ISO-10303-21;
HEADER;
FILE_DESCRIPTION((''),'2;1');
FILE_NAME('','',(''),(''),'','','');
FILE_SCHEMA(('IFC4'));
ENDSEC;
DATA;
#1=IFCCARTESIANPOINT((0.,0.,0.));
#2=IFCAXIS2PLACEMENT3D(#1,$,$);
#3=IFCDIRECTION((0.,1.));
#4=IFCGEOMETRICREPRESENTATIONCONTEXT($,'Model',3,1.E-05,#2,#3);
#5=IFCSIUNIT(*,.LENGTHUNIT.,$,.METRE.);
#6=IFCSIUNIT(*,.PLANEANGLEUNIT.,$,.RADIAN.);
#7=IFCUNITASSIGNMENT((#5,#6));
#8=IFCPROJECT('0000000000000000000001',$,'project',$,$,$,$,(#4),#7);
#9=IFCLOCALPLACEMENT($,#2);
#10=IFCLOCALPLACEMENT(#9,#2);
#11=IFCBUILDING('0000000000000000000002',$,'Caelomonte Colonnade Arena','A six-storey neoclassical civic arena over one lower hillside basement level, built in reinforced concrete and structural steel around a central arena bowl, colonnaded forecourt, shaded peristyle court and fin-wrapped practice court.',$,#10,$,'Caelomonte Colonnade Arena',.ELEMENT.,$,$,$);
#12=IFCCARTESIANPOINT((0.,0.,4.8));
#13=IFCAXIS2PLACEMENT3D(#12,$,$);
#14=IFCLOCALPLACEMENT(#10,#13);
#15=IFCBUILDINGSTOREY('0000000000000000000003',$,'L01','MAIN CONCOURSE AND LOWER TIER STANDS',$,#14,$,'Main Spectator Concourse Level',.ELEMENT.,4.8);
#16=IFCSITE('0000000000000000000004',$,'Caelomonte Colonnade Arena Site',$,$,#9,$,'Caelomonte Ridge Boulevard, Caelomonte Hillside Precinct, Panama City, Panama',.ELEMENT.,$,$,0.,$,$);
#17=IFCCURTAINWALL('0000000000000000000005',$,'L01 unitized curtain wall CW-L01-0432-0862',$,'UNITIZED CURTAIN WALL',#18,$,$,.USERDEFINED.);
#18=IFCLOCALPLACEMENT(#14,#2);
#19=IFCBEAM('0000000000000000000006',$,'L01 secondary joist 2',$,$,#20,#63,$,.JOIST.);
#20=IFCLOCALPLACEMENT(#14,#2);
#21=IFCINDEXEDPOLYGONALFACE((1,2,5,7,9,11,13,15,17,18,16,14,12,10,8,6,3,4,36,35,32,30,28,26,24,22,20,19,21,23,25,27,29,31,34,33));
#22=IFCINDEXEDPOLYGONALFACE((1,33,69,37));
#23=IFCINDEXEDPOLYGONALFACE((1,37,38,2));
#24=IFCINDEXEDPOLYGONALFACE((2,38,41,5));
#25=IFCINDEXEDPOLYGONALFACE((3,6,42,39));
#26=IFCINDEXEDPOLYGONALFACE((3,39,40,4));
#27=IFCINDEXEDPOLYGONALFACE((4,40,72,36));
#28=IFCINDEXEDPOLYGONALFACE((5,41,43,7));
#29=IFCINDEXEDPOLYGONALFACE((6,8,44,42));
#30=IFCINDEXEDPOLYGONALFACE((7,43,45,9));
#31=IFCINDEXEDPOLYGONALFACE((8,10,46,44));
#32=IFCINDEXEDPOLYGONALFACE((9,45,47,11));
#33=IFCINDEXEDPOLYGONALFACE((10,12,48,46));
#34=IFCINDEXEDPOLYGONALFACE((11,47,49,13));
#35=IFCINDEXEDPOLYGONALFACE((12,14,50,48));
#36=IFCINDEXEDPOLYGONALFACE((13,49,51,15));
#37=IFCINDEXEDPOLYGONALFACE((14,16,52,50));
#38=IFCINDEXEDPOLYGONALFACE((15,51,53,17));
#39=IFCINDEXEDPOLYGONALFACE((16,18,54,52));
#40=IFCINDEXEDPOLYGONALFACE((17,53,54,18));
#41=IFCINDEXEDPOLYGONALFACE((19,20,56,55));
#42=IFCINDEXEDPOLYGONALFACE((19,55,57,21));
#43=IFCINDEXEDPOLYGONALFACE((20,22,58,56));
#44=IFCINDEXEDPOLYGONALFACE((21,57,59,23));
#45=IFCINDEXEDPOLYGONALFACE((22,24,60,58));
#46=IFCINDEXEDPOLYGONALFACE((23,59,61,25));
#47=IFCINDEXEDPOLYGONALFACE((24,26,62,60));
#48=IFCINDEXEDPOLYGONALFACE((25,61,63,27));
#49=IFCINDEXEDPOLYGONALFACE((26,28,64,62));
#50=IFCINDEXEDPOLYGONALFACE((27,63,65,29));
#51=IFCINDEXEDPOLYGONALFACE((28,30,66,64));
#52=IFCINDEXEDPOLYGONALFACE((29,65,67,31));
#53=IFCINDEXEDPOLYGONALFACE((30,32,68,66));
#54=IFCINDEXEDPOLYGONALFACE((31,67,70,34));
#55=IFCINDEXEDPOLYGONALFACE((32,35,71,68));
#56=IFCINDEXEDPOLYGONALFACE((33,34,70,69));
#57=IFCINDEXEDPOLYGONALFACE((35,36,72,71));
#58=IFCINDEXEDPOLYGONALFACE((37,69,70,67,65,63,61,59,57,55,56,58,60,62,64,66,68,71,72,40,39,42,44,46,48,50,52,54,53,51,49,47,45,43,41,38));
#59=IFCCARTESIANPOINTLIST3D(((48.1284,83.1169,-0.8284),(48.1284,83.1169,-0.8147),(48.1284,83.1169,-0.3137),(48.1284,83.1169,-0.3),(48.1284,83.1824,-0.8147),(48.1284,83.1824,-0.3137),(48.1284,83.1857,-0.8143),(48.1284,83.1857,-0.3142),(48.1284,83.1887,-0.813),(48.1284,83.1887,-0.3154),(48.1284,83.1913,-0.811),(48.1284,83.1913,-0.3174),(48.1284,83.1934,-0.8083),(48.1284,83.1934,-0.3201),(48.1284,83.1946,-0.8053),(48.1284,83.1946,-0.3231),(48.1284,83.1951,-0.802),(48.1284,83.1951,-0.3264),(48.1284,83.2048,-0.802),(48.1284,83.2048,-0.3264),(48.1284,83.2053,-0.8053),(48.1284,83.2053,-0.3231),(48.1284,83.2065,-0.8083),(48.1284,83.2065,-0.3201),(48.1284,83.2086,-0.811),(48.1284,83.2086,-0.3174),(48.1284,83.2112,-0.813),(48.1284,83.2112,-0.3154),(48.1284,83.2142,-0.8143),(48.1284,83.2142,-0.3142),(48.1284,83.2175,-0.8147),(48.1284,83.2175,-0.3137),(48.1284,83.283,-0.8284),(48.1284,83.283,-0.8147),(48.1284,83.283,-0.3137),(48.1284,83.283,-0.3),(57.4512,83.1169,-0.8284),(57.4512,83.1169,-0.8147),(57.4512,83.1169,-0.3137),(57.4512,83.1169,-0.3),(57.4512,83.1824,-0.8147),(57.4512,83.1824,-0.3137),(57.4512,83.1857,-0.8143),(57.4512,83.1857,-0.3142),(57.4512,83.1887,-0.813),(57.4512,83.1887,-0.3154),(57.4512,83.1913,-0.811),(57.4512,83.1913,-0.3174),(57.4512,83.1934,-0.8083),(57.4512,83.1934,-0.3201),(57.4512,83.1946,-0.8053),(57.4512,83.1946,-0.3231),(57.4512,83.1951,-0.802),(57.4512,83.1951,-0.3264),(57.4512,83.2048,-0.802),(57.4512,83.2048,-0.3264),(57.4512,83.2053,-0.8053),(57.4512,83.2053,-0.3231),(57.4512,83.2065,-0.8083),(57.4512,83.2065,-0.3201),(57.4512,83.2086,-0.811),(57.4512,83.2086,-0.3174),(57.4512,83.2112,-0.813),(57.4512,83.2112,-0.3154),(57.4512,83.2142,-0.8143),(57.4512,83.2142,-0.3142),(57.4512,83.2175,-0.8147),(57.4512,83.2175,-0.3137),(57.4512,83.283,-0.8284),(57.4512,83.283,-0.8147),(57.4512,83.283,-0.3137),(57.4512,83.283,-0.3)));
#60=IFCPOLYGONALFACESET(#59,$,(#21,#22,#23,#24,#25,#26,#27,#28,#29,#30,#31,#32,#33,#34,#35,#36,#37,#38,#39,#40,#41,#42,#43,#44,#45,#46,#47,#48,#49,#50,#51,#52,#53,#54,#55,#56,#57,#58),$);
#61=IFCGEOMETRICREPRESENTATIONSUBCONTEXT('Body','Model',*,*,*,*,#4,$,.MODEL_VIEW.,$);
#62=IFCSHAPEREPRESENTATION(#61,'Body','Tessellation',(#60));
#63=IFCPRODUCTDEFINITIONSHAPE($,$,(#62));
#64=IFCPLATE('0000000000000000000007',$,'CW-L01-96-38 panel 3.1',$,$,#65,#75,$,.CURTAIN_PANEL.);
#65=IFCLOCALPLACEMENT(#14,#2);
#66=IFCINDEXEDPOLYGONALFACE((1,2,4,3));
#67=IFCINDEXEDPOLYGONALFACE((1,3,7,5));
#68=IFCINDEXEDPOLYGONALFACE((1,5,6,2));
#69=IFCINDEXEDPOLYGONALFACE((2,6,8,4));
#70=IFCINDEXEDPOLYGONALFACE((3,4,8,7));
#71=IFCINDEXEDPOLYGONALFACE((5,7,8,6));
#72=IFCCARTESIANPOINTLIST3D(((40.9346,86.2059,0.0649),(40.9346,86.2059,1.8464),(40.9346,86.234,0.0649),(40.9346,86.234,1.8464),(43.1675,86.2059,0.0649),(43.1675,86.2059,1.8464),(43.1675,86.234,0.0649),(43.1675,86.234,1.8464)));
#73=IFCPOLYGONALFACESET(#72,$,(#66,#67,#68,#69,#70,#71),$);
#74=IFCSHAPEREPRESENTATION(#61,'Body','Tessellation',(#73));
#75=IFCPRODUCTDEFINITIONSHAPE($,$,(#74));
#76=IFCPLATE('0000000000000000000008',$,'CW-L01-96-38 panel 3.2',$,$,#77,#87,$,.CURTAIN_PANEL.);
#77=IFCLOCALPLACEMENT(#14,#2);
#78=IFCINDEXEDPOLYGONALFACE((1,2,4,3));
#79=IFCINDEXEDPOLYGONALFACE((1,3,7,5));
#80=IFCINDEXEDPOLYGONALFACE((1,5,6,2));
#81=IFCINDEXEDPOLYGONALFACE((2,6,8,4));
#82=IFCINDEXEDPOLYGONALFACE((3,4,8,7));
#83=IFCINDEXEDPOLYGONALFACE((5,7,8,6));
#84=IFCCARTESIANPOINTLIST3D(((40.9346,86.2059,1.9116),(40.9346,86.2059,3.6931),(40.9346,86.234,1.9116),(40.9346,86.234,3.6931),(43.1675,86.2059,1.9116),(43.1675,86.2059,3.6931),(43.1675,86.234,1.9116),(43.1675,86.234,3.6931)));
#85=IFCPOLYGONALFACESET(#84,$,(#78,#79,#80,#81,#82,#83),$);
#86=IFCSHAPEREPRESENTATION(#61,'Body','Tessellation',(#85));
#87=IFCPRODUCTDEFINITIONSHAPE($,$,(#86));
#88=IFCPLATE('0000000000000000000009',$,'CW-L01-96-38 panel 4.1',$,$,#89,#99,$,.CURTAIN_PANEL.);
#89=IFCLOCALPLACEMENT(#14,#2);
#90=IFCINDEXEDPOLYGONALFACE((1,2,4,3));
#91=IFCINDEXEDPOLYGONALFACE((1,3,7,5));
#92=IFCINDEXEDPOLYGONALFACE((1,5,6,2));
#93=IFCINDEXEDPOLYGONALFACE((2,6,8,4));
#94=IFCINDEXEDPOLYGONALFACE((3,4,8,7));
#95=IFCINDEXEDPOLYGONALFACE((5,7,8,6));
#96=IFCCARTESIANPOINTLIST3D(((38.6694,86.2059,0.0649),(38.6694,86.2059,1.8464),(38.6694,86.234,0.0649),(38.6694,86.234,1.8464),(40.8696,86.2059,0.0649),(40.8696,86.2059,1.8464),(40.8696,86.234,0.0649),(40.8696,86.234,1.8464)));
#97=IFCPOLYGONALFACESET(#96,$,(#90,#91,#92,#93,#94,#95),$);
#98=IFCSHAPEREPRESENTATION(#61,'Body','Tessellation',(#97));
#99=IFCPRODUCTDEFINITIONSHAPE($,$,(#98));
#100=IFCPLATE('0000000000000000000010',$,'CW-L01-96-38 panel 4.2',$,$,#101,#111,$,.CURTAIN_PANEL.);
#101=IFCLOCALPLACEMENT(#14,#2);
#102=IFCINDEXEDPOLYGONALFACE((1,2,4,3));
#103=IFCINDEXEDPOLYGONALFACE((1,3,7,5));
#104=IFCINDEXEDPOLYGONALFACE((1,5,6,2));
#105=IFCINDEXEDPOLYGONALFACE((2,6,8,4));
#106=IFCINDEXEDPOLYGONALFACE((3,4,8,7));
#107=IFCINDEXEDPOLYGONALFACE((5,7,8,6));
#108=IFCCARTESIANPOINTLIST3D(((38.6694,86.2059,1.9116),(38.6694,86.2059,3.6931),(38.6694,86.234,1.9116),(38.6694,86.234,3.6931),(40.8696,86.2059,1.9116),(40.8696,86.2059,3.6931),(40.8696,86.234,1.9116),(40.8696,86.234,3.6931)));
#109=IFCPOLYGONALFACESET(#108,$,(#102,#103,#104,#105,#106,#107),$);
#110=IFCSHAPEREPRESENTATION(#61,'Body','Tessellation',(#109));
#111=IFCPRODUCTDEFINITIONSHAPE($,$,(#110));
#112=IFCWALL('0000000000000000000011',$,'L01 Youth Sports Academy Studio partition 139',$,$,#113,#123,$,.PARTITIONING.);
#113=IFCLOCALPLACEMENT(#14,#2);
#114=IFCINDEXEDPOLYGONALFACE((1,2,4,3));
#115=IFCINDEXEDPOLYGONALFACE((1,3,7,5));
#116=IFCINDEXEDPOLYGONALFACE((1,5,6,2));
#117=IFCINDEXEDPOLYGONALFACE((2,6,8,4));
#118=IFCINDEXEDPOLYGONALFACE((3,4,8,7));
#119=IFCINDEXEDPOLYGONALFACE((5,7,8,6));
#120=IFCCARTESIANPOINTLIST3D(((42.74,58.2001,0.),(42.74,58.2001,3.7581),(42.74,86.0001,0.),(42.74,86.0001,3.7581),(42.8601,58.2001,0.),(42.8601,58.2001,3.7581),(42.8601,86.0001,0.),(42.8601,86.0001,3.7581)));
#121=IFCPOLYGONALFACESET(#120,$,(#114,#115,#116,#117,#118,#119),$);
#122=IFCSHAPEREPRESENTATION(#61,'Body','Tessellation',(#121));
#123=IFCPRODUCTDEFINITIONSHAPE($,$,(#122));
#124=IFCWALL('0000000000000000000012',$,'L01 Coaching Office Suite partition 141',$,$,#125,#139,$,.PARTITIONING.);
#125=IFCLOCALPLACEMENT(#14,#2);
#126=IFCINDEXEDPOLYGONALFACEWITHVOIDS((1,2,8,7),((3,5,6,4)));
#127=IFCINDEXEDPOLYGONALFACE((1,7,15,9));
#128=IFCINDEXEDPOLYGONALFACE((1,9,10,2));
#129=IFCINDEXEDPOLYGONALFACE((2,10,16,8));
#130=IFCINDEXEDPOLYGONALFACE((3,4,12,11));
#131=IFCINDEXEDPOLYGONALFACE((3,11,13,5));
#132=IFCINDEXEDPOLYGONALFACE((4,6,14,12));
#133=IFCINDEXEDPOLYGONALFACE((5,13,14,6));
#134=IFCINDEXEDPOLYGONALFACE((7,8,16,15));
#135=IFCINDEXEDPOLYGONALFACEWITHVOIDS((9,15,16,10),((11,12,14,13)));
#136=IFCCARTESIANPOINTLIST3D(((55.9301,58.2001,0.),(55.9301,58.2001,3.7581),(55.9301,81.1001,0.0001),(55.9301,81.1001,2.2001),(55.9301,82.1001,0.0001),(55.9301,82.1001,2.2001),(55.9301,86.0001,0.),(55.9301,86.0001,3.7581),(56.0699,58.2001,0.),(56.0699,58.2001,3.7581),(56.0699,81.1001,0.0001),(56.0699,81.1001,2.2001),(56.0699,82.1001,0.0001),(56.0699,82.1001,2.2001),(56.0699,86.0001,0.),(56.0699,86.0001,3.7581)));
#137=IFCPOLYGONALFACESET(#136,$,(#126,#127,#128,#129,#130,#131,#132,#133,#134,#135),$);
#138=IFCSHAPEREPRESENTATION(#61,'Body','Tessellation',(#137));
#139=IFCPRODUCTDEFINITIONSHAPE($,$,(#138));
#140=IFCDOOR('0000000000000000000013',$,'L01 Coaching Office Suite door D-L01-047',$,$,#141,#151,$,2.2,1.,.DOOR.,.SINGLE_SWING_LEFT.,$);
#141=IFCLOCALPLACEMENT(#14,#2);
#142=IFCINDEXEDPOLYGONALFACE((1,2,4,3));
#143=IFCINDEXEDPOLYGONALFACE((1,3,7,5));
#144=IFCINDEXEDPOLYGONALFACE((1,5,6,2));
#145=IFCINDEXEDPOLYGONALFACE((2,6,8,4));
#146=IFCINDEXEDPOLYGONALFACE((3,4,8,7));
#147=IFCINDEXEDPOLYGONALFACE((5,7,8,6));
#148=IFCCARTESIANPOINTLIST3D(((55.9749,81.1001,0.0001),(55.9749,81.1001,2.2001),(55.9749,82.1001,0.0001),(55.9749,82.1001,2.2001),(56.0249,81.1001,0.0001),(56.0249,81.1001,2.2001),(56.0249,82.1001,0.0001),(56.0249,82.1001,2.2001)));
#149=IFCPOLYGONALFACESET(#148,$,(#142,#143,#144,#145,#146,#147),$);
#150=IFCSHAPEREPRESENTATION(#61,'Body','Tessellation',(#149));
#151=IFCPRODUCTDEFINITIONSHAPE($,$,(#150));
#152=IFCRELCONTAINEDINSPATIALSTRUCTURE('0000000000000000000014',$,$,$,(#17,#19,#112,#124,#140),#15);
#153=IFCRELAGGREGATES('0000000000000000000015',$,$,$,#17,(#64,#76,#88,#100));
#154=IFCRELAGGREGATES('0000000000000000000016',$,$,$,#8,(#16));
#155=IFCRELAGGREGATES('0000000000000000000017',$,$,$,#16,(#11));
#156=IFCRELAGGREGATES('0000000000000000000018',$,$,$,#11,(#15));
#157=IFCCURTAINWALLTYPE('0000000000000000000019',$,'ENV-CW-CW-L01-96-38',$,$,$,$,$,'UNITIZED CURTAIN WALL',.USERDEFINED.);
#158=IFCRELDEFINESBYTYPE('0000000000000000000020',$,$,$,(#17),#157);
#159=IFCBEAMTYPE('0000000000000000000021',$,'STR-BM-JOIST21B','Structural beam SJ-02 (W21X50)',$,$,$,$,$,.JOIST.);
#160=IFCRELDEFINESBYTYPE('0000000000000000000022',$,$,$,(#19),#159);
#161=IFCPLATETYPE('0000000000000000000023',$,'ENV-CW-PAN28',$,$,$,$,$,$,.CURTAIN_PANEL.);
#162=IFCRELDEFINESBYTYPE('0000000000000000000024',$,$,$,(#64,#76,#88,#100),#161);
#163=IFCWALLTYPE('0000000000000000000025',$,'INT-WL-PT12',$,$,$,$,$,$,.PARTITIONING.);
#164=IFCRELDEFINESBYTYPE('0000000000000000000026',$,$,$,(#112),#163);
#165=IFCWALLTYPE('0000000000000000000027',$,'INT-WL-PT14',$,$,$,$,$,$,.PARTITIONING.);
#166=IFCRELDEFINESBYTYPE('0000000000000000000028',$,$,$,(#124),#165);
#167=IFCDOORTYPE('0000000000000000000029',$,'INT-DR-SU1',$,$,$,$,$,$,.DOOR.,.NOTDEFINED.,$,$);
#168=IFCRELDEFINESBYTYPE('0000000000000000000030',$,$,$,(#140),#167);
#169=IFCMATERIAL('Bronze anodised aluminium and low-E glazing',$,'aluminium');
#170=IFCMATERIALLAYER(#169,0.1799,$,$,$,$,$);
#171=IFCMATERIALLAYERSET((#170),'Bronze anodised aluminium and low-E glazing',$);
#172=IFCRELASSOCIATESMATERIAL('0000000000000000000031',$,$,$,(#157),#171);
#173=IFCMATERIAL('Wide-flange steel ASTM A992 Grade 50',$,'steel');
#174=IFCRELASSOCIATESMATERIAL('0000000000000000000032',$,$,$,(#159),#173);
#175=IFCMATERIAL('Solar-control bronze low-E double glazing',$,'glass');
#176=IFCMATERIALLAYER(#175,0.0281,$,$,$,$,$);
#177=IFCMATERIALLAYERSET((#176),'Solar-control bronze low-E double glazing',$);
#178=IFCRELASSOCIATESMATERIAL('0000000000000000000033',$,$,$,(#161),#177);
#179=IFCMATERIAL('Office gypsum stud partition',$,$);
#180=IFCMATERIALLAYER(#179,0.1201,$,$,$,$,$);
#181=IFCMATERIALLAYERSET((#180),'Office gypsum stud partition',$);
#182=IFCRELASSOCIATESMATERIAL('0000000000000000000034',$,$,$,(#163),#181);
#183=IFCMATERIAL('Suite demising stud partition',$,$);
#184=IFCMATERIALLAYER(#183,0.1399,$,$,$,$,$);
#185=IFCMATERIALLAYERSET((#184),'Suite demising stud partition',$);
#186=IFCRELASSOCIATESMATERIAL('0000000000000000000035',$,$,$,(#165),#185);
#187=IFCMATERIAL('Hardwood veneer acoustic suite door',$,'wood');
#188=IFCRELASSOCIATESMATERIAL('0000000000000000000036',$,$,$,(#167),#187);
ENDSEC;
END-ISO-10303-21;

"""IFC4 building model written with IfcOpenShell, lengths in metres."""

from ifc_helpers import new_model, si_unit, direction, frame, frame_2d, origin, origin_2d, place, context, subcontext, project, spatial, rectangle, i_section, extrude, material, layer, layer_set, material_profile, profile_set, type_object, element, fill, aggregate, save


model = new_model("IFC4")

# Units and contexts
model_context = context("Model", 3, precision=1e-05, world=origin(), true_north=direction((0.0, 1.0)))
body_context = subcontext(model_context, "Body", "Model", "MODEL_VIEW")
ifc_project = project(units=[si_unit("LENGTHUNIT", "METRE"), si_unit("PLANEANGLEUNIT", "RADIAN")], contexts=[model_context])

# Site, building, storey
site_placement = place(None, origin())
site = spatial("IfcSite", under=ifc_project, at=site_placement, Name="Caelomonte Colonnade Arena Site", LongName="Caelomonte Ridge Boulevard, Caelomonte Hillside Precinct, Panama City, Panama", CompositionType="ELEMENT", RefElevation=0.0)
building_placement = place(site_placement, origin())
building = spatial("IfcBuilding", under=site, at=building_placement, Name="Caelomonte Colonnade Arena", Description="A six-storey neoclassical civic arena over one lower hillside basement level, built in reinforced concrete and structural steel around a central arena bowl, colonnaded forecourt, shaded peristyle court and fin-wrapped practice court.", LongName="Caelomonte Colonnade Arena", CompositionType="ELEMENT")
storey_placement = place(building_placement, frame((0.0, 0.0, 4.8)))
storey = spatial("IfcBuildingStorey", under=building, at=storey_placement, Name="L01", Description="MAIN CONCOURSE AND LOWER TIER STANDS", LongName="Main Spectator Concourse Level", CompositionType="ELEMENT", Elevation=4.8)

# Shared definitions
ifc_material_1 = material(Name="Wide-flange steel ASTM A992 Grade 50", Category="steel")

# Curtain wall
ifc_material_2 = material(Name="Bronze anodised aluminium and low-E glazing", Category="aluminium")
ifc_layer_1 = layer(ifc_material_2, 0.1799)
ifc_layer_set_1 = layer_set([ifc_layer_1], Name="Bronze anodised aluminium and low-E glazing")
curtain_wall_type = type_object("IfcCurtainWallType", Name="ENV-CW-CW-L01-96-38", ElementType="UNITIZED CURTAIN WALL", PredefinedType="USERDEFINED", material=ifc_layer_set_1)
curtain_wall_placement = place(storey_placement, origin())
curtain_wall = element("IfcCurtainWall", 1, at=curtain_wall_placement, inside=storey, type_object=curtain_wall_type, Name="L01 unitized curtain wall CW-L01-0432-0862", ObjectType="UNITIZED CURTAIN WALL", PredefinedType="USERDEFINED")

# Beam
ifc_material_profile_1 = material_profile(ifc_material_1, i_section(OverallWidth=0.166, OverallDepth=0.5283, WebThickness=0.0098, FlangeThickness=0.0137, FilletRadius=0.0127, at=origin_2d()), Name="W21X50")
ifc_profile_set_1 = profile_set([ifc_material_profile_1], Name="Wide-flange steel ASTM A992 Grade 50")
beam_type_1 = type_object("IfcBeamType", Name="STR-BM-JOIST21B", Description="Structural beam SJ-02 (W21X50)", PredefinedType="JOIST", material=ifc_profile_set_1)
for number, where, z_axis, x_axis, name in (
    (2, (48.1284, 83.2, -0.5642), (1.0, 0.0, 0.0), (0.0, 1.0, 0.0), "L01 secondary joist 2"),
):
    element("IfcBeam", number, at=place(storey_placement, frame(where, z_axis=z_axis, x_axis=x_axis)), inside=storey, type_object=beam_type_1, Name=name, PredefinedType="JOIST", context=body_context, shape_type="SweptSolid", body=[
        extrude(i_section(OverallWidth=0.166, OverallDepth=0.5283, WebThickness=0.0098, FlangeThickness=0.0137, FilletRadius=0.0127, at=origin_2d()), origin(), (0.0, 0.0, 1.0), 9.3228),
    ])

# Plates
ifc_material_3 = material(Name="Solar-control bronze low-E double glazing", Category="glass")
ifc_layer_2 = layer(ifc_material_3, 0.0281)
ifc_layer_set_2 = layer_set([ifc_layer_2], Name="Solar-control bronze low-E double glazing")
plate_type = type_object("IfcPlateType", Name="ENV-CW-PAN28", PredefinedType="CURTAIN_PANEL", material=ifc_layer_set_2)
plate_1_placement = place(storey_placement, frame((42.051, 86.22, 0.0649), z_axis=(0.0, 0.0, 1.0), x_axis=(-1.0, 0.0, 0.0)))
plate_1 = element("IfcPlate", 3, at=plate_1_placement, type_object=plate_type, Name="CW-L01-96-38 panel 3.1", PredefinedType="CURTAIN_PANEL", context=body_context, shape_type="SweptSolid", body=[
    extrude(rectangle(XDim=2.2329, YDim=0.0281, at=origin_2d()), origin(), (0.0, 0.0, 1.0), 1.7815),
])
plate_2_placement = place(storey_placement, frame((42.051, 86.22, 1.9116), z_axis=(0.0, 0.0, 1.0), x_axis=(-1.0, 0.0, 0.0)))
plate_2 = element("IfcPlate", 4, at=plate_2_placement, type_object=plate_type, Name="CW-L01-96-38 panel 3.2", PredefinedType="CURTAIN_PANEL", context=body_context, shape_type="SweptSolid", body=[
    extrude(rectangle(XDim=2.2329, YDim=0.0281, at=origin_2d()), origin(), (0.0, 0.0, 1.0), 1.7815),
])
plate_3_placement = place(storey_placement, frame((39.7695, 86.22, 0.0649), z_axis=(0.0, 0.0, 1.0), x_axis=(-1.0, 0.0, 0.0)))
plate_3 = element("IfcPlate", 5, at=plate_3_placement, type_object=plate_type, Name="CW-L01-96-38 panel 4.1", PredefinedType="CURTAIN_PANEL", context=body_context, shape_type="SweptSolid", body=[
    extrude(rectangle(XDim=2.2002, YDim=0.0281, at=origin_2d()), origin(), (0.0, 0.0, 1.0), 1.7815),
])
plate_4_placement = place(storey_placement, frame((39.7695, 86.22, 1.9116), z_axis=(0.0, 0.0, 1.0), x_axis=(-1.0, 0.0, 0.0)))
plate_4 = element("IfcPlate", 6, at=plate_4_placement, type_object=plate_type, Name="CW-L01-96-38 panel 4.2", PredefinedType="CURTAIN_PANEL", context=body_context, shape_type="SweptSolid", body=[
    extrude(rectangle(XDim=2.2002, YDim=0.0281, at=origin_2d()), origin(), (0.0, 0.0, 1.0), 1.7815),
])
aggregate(curtain_wall, [plate_1, plate_2, plate_3, plate_4])

# Wall
ifc_material_4 = material(Name="Office gypsum stud partition")
ifc_layer_3 = layer(ifc_material_4, 0.1201)
ifc_layer_set_3 = layer_set([ifc_layer_3], Name="Office gypsum stud partition")
wall_type_1 = type_object("IfcWallType", Name="INT-WL-PT12", PredefinedType="PARTITIONING", material=ifc_layer_set_3)
wall_1_placement = place(storey_placement, frame((42.8, 86.0, 0.0), z_axis=(0.0, 0.0, 1.0), x_axis=(0.0, -1.0, 0.0)))
element("IfcWall", 7, at=wall_1_placement, inside=storey, type_object=wall_type_1, Name="L01 Youth Sports Academy Studio partition 139", PredefinedType="PARTITIONING", context=body_context, shape_type="SweptSolid", body=[
    extrude(rectangle(XDim=27.8, YDim=0.1201, at=frame_2d((13.8999, 0.0))), origin(), (0.0, 0.0, 1.0), 3.7581),
])

# Wall, opening, door
ifc_material_5 = material(Name="Suite demising stud partition")
ifc_layer_4 = layer(ifc_material_5, 0.1399)
ifc_layer_set_4 = layer_set([ifc_layer_4], Name="Suite demising stud partition")
wall_type_2 = type_object("IfcWallType", Name="INT-WL-PT14", PredefinedType="PARTITIONING", material=ifc_layer_set_4)
wall_2_placement = place(storey_placement, frame((56.0, 86.0, 0.0), z_axis=(0.0, 0.0, 1.0), x_axis=(0.0, -1.0, 0.0)))
wall_2 = element("IfcWall", 8, at=wall_2_placement, inside=storey, type_object=wall_type_2, Name="L01 Coaching Office Suite partition 141", PredefinedType="PARTITIONING", context=body_context, shape_type="SweptSolid", body=[
    extrude(rectangle(XDim=27.8, YDim=0.1399, at=frame_2d((13.8999, 0.0))), origin(), (0.0, 0.0, 1.0), 3.7581),
])
opening_placement = place(wall_2_placement, frame((3.8999, 0.0, 0.0), z_axis=(0.0, 0.0, 1.0), x_axis=(1.0, 0.0, 0.0)))
opening = element("IfcOpeningElement", 9, at=opening_placement, cuts=wall_2, PredefinedType="OPENING", context=body_context, shape_type="SweptSolid", body=[
    extrude(rectangle(XDim=1.0, YDim=2.2, at=frame_2d((0.5, 1.1001))), frame((0.0, 0.0798, 0.0), z_axis=(0.0, -1.0, 0.0), x_axis=(1.0, 0.0, 0.0)), (0.0, 0.0, 1.0), 0.1599),
])
ifc_material_6 = material(Name="Hardwood veneer acoustic suite door", Category="wood")
door_type = type_object("IfcDoorType", Name="INT-DR-SU1", OperationType="NOTDEFINED", PredefinedType="DOOR", material=ifc_material_6)
door_placement = place(opening_placement, origin())
door = element("IfcDoor", 10, at=door_placement, inside=storey, type_object=door_type, Name="L01 Coaching Office Suite door D-L01-047", OperationType="SINGLE_SWING_LEFT", OverallHeight=2.2, OverallWidth=1.0, PredefinedType="DOOR", context=body_context, shape_type="SweptSolid", body=[
    extrude(rectangle(XDim=1.0, YDim=2.2, at=frame_2d((0.5, 1.1001))), frame((0.0, 0.0249, 0.0), z_axis=(0.0, -1.0, 0.0), x_axis=(1.0, 0.0, 0.0)), (0.0, 0.0, 1.0), 0.05),
])
fill(opening, door)

save(model, "model.ifc")
